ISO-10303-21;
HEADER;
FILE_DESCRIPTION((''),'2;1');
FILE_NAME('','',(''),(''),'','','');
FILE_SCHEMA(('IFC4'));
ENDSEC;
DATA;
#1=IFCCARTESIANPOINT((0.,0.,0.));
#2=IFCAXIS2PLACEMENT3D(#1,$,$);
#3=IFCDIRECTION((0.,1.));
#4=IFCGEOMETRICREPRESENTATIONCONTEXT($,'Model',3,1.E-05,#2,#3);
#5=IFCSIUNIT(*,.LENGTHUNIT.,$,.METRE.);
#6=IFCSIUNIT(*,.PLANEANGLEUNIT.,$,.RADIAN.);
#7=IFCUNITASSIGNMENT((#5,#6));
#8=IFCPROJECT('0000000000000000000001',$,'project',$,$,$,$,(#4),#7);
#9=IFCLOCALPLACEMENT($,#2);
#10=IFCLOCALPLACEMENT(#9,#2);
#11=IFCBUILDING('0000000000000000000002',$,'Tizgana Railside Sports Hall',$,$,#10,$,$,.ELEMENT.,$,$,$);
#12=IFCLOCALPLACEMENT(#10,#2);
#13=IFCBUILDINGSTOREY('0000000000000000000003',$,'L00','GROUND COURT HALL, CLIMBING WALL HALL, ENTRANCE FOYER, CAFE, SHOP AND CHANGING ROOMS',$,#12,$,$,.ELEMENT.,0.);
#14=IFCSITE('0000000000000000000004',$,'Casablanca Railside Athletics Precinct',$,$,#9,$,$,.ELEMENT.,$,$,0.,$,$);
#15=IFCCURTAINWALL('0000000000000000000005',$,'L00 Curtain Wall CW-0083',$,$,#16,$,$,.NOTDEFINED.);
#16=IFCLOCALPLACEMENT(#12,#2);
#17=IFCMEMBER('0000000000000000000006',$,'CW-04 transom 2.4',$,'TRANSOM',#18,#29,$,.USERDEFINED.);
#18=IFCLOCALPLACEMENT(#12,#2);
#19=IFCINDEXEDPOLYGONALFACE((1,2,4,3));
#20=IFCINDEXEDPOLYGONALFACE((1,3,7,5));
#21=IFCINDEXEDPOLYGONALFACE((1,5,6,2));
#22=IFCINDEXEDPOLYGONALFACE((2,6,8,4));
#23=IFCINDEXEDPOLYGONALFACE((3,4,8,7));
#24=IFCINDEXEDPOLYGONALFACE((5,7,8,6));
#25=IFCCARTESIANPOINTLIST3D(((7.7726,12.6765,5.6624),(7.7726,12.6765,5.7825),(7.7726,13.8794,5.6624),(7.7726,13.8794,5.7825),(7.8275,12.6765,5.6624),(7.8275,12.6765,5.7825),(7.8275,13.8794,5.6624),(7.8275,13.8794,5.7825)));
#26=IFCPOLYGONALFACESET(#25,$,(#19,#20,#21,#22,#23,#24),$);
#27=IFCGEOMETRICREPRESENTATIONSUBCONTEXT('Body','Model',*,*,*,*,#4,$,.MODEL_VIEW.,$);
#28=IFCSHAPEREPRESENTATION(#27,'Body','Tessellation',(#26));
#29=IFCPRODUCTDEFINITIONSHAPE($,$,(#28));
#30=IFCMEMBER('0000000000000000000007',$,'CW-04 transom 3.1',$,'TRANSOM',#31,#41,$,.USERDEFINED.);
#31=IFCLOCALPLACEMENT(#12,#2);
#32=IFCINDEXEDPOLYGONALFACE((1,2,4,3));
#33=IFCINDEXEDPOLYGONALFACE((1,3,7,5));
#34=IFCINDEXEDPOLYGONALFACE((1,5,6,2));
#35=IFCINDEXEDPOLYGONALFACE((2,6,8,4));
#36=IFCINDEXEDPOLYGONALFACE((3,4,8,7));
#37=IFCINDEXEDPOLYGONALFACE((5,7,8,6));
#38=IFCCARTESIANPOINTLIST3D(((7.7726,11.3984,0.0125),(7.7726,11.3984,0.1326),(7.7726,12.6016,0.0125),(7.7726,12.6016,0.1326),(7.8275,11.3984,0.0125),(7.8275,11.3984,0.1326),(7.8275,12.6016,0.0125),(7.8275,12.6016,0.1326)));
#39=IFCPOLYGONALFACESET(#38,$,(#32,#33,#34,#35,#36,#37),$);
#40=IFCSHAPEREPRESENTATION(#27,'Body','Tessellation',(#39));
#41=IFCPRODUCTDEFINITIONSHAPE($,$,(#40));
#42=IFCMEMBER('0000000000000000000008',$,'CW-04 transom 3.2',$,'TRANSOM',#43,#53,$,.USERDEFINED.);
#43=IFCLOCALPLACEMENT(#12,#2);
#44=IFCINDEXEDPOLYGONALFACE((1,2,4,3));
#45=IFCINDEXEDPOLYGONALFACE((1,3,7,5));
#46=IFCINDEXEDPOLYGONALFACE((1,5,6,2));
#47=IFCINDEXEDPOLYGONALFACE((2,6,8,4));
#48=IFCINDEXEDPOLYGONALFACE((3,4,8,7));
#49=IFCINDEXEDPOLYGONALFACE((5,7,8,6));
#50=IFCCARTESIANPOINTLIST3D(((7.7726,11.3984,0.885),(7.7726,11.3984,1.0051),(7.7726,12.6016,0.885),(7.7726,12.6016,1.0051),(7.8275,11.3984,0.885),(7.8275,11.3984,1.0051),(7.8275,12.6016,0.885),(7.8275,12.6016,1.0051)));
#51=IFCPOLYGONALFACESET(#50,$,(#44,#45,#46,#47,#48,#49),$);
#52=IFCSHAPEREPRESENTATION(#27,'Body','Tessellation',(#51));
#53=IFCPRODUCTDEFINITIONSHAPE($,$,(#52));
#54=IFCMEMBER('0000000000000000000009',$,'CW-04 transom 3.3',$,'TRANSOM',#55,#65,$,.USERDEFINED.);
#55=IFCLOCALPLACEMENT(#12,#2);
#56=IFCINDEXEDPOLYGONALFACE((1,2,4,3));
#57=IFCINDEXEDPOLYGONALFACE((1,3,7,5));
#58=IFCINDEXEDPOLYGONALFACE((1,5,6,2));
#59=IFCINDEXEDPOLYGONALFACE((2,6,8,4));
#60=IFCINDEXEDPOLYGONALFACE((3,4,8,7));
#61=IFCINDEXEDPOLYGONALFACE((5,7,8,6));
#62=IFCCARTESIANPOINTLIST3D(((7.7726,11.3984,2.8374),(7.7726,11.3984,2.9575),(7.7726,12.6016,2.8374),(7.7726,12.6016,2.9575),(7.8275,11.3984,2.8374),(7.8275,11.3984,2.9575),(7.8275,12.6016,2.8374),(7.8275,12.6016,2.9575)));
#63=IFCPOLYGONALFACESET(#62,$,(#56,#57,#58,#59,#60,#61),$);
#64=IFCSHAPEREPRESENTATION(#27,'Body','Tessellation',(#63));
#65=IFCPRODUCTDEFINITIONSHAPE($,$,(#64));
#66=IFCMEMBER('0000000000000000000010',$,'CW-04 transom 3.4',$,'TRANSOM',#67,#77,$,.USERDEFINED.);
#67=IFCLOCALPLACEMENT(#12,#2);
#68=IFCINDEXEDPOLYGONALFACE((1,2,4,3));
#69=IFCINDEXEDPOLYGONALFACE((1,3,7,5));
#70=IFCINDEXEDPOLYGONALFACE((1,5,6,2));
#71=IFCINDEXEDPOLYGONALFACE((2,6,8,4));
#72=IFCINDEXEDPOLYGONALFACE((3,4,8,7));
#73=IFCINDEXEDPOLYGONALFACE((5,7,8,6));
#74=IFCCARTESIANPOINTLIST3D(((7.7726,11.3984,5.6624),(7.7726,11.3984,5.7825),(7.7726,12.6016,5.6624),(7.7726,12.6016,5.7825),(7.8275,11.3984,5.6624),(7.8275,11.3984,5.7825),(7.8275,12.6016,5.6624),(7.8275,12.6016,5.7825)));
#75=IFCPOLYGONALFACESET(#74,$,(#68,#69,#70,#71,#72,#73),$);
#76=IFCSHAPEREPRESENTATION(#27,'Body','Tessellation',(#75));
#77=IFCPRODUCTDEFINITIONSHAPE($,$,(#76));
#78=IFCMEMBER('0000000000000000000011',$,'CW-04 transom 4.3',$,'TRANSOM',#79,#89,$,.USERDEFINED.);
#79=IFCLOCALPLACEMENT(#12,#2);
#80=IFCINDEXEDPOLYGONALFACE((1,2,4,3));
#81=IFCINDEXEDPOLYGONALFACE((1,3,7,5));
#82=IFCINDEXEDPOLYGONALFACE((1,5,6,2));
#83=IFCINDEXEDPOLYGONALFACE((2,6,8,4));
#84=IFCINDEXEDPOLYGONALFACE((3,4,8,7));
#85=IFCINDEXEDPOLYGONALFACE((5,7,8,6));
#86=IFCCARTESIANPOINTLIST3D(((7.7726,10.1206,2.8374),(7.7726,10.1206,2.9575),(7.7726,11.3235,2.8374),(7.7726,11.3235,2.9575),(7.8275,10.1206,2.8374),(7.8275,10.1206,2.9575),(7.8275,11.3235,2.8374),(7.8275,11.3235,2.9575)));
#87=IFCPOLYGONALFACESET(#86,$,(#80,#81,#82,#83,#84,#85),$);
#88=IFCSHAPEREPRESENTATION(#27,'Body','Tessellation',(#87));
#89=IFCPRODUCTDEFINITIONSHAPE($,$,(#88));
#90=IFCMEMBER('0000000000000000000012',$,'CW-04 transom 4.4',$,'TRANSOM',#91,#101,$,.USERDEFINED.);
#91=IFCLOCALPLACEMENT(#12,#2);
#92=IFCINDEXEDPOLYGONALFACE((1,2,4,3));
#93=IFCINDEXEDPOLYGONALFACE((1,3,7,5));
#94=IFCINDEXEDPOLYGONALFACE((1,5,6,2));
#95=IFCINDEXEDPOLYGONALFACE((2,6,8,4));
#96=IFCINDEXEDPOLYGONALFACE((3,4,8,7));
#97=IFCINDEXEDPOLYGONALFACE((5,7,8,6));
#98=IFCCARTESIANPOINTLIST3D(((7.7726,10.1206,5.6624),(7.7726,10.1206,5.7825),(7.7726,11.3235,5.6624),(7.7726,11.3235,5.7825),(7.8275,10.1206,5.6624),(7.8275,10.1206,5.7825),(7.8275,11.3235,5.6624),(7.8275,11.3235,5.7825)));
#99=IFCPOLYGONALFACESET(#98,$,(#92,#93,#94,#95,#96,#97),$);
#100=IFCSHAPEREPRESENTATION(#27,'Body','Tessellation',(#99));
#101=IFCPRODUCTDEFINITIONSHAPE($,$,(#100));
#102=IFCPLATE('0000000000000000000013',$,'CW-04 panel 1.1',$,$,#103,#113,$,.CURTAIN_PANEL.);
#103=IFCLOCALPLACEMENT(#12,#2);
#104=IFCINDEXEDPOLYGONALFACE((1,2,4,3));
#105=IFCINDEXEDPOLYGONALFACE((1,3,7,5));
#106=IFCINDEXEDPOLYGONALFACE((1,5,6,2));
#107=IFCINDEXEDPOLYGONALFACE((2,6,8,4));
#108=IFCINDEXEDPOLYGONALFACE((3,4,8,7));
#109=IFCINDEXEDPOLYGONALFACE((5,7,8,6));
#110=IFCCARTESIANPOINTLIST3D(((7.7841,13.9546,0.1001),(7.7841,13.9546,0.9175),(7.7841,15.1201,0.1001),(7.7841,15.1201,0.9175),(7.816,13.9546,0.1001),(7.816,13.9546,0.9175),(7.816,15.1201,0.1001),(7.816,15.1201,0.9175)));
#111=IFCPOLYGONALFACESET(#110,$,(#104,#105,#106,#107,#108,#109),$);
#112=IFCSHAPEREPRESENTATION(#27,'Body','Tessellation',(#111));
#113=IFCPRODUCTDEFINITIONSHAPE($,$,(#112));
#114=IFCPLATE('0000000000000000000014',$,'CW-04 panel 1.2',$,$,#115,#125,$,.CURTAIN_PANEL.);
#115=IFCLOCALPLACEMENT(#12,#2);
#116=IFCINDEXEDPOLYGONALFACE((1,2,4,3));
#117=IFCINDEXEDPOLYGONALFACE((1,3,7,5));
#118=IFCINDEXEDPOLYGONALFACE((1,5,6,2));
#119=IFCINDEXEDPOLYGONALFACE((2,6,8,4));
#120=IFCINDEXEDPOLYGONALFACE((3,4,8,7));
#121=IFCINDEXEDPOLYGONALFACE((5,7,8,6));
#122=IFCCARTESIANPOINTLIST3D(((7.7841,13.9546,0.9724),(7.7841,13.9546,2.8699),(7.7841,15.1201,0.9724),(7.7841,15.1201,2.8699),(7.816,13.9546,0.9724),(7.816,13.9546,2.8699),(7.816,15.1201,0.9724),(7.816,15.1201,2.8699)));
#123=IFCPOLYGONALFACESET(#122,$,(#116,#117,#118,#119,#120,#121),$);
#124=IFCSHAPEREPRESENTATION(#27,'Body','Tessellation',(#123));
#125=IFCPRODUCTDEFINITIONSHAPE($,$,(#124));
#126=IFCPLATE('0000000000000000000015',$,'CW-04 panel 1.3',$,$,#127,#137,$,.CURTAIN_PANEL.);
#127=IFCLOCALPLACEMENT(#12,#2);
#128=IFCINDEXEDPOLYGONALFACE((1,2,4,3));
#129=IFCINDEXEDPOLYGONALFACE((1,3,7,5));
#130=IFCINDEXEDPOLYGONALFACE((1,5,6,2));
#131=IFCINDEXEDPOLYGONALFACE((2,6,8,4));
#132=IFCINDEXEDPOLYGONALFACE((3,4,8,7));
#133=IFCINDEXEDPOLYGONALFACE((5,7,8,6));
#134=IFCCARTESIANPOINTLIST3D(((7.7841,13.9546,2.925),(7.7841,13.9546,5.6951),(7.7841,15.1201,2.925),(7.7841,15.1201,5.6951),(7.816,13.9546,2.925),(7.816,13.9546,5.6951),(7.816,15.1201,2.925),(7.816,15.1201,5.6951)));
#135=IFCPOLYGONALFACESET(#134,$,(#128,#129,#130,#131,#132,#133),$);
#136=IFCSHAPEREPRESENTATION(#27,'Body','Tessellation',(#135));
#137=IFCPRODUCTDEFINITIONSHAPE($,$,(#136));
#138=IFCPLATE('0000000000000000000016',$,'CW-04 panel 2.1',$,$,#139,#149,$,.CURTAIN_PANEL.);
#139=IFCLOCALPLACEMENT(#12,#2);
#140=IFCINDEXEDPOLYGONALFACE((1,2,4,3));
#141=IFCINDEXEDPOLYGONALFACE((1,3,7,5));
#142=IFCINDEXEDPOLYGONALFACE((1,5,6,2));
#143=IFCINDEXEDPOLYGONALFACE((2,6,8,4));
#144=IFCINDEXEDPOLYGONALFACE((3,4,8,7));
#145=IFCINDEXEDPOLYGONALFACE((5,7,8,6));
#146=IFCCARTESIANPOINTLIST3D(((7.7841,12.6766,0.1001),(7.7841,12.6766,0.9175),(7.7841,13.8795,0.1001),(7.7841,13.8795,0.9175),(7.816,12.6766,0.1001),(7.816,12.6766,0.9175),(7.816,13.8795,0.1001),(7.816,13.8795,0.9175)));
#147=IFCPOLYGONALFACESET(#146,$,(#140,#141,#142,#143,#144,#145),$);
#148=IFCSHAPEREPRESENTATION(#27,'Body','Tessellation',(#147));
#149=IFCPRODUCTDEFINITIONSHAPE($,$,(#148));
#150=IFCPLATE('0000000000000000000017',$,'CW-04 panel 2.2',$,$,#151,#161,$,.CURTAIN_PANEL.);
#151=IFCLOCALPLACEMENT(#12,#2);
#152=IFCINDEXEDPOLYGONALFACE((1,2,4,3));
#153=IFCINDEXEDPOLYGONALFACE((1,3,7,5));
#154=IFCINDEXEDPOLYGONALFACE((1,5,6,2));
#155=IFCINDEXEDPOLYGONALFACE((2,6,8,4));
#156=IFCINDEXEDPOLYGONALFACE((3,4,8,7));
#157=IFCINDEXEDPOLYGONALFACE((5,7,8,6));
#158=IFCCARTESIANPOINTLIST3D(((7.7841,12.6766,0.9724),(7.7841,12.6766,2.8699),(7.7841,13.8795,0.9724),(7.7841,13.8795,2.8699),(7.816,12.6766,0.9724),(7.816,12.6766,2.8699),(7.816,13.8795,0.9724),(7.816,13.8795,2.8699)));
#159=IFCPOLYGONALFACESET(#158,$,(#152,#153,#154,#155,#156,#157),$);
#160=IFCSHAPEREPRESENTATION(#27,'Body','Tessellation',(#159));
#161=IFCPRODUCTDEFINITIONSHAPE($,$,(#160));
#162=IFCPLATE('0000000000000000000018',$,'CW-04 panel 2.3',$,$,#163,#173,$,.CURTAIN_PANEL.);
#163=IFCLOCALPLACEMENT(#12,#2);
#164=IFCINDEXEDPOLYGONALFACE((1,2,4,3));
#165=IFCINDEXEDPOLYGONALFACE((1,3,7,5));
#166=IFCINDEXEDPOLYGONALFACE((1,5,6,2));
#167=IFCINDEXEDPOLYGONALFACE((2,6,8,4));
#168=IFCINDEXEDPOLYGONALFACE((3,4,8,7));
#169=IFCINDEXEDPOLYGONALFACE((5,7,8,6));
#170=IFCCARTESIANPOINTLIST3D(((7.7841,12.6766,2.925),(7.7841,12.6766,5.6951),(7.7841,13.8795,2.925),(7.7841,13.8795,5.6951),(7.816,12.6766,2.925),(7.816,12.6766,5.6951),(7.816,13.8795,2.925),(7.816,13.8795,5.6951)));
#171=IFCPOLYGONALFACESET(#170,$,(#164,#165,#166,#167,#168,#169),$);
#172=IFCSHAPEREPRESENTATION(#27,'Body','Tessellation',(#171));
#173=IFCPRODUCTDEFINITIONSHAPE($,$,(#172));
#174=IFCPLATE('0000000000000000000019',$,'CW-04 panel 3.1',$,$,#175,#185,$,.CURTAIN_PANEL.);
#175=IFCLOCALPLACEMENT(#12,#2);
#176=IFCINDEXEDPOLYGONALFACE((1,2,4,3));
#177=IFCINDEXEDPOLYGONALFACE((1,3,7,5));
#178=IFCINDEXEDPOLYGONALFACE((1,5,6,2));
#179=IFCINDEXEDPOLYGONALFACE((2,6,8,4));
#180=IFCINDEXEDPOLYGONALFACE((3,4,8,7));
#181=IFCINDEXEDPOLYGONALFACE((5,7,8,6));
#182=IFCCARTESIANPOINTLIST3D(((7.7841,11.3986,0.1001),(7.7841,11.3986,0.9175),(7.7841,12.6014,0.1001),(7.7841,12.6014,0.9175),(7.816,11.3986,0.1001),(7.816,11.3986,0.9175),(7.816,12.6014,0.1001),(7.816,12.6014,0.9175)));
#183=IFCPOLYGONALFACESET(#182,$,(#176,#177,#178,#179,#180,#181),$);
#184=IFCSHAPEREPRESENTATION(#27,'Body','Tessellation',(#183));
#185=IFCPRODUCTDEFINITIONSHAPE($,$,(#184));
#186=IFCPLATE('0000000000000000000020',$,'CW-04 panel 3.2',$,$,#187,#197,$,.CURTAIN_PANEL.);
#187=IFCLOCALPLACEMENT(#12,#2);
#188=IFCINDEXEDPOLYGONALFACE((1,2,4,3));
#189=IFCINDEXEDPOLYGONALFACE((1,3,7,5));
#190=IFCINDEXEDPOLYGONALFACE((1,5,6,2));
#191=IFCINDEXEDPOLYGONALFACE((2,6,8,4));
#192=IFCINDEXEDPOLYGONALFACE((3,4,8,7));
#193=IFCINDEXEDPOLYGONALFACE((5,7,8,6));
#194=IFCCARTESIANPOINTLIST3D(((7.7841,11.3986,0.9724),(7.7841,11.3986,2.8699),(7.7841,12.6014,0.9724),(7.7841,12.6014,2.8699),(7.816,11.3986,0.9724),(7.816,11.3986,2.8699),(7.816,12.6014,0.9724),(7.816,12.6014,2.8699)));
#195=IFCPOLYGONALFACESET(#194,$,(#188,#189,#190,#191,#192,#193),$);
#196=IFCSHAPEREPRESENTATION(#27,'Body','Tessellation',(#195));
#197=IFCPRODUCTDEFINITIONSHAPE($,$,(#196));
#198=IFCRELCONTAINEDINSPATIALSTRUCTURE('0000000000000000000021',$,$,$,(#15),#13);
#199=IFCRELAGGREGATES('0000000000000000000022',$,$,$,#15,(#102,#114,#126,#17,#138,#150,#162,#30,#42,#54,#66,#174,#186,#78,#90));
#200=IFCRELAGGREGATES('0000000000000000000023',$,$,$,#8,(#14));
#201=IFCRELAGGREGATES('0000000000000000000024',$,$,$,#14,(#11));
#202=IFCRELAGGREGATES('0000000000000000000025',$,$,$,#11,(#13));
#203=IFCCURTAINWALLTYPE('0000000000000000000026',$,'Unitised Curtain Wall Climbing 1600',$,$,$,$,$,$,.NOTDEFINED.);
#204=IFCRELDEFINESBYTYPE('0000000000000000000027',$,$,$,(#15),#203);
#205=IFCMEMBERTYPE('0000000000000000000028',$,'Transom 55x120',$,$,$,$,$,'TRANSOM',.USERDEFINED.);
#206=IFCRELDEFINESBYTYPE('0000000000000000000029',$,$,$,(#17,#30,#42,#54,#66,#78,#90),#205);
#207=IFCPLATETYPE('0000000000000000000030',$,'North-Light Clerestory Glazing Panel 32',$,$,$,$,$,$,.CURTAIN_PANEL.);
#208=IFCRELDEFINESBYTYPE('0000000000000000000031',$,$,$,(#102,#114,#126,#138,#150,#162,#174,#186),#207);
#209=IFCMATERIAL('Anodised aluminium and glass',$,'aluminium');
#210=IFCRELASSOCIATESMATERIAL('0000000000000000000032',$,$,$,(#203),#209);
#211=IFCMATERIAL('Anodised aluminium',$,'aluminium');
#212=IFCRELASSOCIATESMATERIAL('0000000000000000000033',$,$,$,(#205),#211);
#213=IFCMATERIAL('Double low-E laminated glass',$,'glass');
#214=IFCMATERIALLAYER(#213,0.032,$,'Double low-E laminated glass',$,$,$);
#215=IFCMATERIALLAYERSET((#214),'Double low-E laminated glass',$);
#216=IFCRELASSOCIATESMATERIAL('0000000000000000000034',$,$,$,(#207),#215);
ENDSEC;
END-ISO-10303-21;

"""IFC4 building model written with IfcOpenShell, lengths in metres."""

from ifc_helpers import new_model, si_unit, direction, frame, origin, origin_2d, place, context, subcontext, project, spatial, rectangle, extrude, material, layer, layer_set, material_profile, profile_set, type_object, element, aggregate, save


model = new_model("IFC4")

# Units and contexts
model_context = context("Model", 3, precision=1e-05, world=origin(), true_north=direction((0.0, 1.0)))
body_context = subcontext(model_context, "Body", "Model", "MODEL_VIEW")
ifc_project = project(units=[si_unit("LENGTHUNIT", "METRE"), si_unit("PLANEANGLEUNIT", "RADIAN")], contexts=[model_context])

# Site, building, storey
site_placement = place(None, origin())
site = spatial("IfcSite", under=ifc_project, at=site_placement, Name="Casablanca Railside Athletics Precinct", CompositionType="ELEMENT", RefElevation=0.0)
building_placement = place(site_placement, origin())
building = spatial("IfcBuilding", under=site, at=building_placement, Name="Tizgana Railside Sports Hall", CompositionType="ELEMENT")
storey_placement = place(building_placement, origin())
storey = spatial("IfcBuildingStorey", under=building, at=storey_placement, Name="L00", Description="GROUND COURT HALL, CLIMBING WALL HALL, ENTRANCE FOYER, CAFE, SHOP AND CHANGING ROOMS", CompositionType="ELEMENT", Elevation=0.0)

# Curtain wall
ifc_material_1 = material(Name="Anodised aluminium and glass", Category="aluminium")
curtain_wall_type = type_object("IfcCurtainWallType", Name="Unitised Curtain Wall Climbing 1600", PredefinedType="NOTDEFINED", material=ifc_material_1)
curtain_wall_placement = place(storey_placement, origin())
curtain_wall = element("IfcCurtainWall", 1, at=curtain_wall_placement, inside=storey, type_object=curtain_wall_type, Name="L00 Curtain Wall CW-0083", PredefinedType="NOTDEFINED")
ifc_material_2 = material(Name="Anodised aluminium", Category="aluminium")

# Members
ifc_material_profile_1 = material_profile(ifc_material_2, rectangle(XDim=0.0549, YDim=0.1201, at=origin_2d()), Name="Transom 55x120")
ifc_profile_set_1 = profile_set([ifc_material_profile_1], Name="Anodised aluminium")
member_type_1 = type_object("IfcMemberType", Name="Transom 55x120", ElementType="TRANSOM", PredefinedType="USERDEFINED", material=ifc_profile_set_1)
member_1_placement = place(storey_placement, frame((7.8, 13.8794, 5.7224), z_axis=(0.0, -1.0, 0.0), x_axis=(1.0, 0.0, 0.0)))
member_1 = element("IfcMember", 2, at=member_1_placement, type_object=member_type_1, Name="CW-04 transom 2.4", ObjectType="TRANSOM", PredefinedType="USERDEFINED", context=body_context, shape_type="SweptSolid", body=[
    extrude(rectangle(XDim=0.0549, YDim=0.1201, at=origin_2d()), origin(), (0.0, 0.0, 1.0), 1.2029),
])
member_2_placement = place(storey_placement, frame((7.8, 12.6016, 0.0725), z_axis=(0.0, -1.0, 0.0), x_axis=(1.0, 0.0, 0.0)))
member_2 = element("IfcMember", 3, at=member_2_placement, type_object=member_type_1, Name="CW-04 transom 3.1", ObjectType="TRANSOM", PredefinedType="USERDEFINED", context=body_context, shape_type="SweptSolid", body=[
    extrude(rectangle(XDim=0.0549, YDim=0.1201, at=origin_2d()), origin(), (0.0, 0.0, 1.0), 1.2031),
])
member_3_placement = place(storey_placement, frame((7.8, 12.6016, 0.9451), z_axis=(0.0, -1.0, 0.0), x_axis=(1.0, 0.0, 0.0)))
member_3 = element("IfcMember", 4, at=member_3_placement, type_object=member_type_1, Name="CW-04 transom 3.2", ObjectType="TRANSOM", PredefinedType="USERDEFINED", context=body_context, shape_type="SweptSolid", body=[
    extrude(rectangle(XDim=0.0549, YDim=0.1201, at=origin_2d()), origin(), (0.0, 0.0, 1.0), 1.2031),
])
member_4_placement = place(storey_placement, frame((7.8, 12.6016, 2.8975), z_axis=(0.0, -1.0, 0.0), x_axis=(1.0, 0.0, 0.0)))
member_4 = element("IfcMember", 5, at=member_4_placement, type_object=member_type_1, Name="CW-04 transom 3.3", ObjectType="TRANSOM", PredefinedType="USERDEFINED", context=body_context, shape_type="SweptSolid", body=[
    extrude(rectangle(XDim=0.0549, YDim=0.1201, at=origin_2d()), origin(), (0.0, 0.0, 1.0), 1.2031),
])
member_5_placement = place(storey_placement, frame((7.8, 12.6016, 5.7224), z_axis=(0.0, -1.0, 0.0), x_axis=(1.0, 0.0, 0.0)))
member_5 = element("IfcMember", 6, at=member_5_placement, type_object=member_type_1, Name="CW-04 transom 3.4", ObjectType="TRANSOM", PredefinedType="USERDEFINED", context=body_context, shape_type="SweptSolid", body=[
    extrude(rectangle(XDim=0.0549, YDim=0.1201, at=origin_2d()), origin(), (0.0, 0.0, 1.0), 1.2031),
])
member_6_placement = place(storey_placement, frame((7.8, 11.3235, 2.8975), z_axis=(0.0, -1.0, 0.0), x_axis=(1.0, 0.0, 0.0)))
member_6 = element("IfcMember", 7, at=member_6_placement, type_object=member_type_1, Name="CW-04 transom 4.3", ObjectType="TRANSOM", PredefinedType="USERDEFINED", context=body_context, shape_type="SweptSolid", body=[
    extrude(rectangle(XDim=0.0549, YDim=0.1201, at=origin_2d()), origin(), (0.0, 0.0, 1.0), 1.2029),
])
member_7_placement = place(storey_placement, frame((7.8, 11.3235, 5.7224), z_axis=(0.0, -1.0, 0.0), x_axis=(1.0, 0.0, 0.0)))
member_7 = element("IfcMember", 8, at=member_7_placement, type_object=member_type_1, Name="CW-04 transom 4.4", ObjectType="TRANSOM", PredefinedType="USERDEFINED", context=body_context, shape_type="SweptSolid", body=[
    extrude(rectangle(XDim=0.0549, YDim=0.1201, at=origin_2d()), origin(), (0.0, 0.0, 1.0), 1.2029),
])

# Plates
ifc_material_3 = material(Name="Double low-E laminated glass", Category="glass")
ifc_layer_1 = layer(ifc_material_3, 0.032, Name="Double low-E laminated glass")
ifc_layer_set_1 = layer_set([ifc_layer_1], Name="Double low-E laminated glass")
plate_type = type_object("IfcPlateType", Name="North-Light Clerestory Glazing Panel 32", PredefinedType="CURTAIN_PANEL", material=ifc_layer_set_1)
plate_1_placement = place(storey_placement, frame((7.8, 14.5374, 0.1001), z_axis=(0.0, 0.0, 1.0), x_axis=(0.0, -1.0, 0.0)))
plate_1 = element("IfcPlate", 9, at=plate_1_placement, type_object=plate_type, Name="CW-04 panel 1.1", PredefinedType="CURTAIN_PANEL", context=body_context, shape_type="SweptSolid", body=[
    extrude(rectangle(XDim=1.1655, YDim=0.032, at=origin_2d()), origin(), (0.0, 0.0, 1.0), 0.8174),
])
plate_2_placement = place(storey_placement, frame((7.8, 14.5374, 0.9724), z_axis=(0.0, 0.0, 1.0), x_axis=(0.0, -1.0, 0.0)))
plate_2 = element("IfcPlate", 10, at=plate_2_placement, type_object=plate_type, Name="CW-04 panel 1.2", PredefinedType="CURTAIN_PANEL", context=body_context, shape_type="SweptSolid", body=[
    extrude(rectangle(XDim=1.1655, YDim=0.032, at=origin_2d()), origin(), (0.0, 0.0, 1.0), 1.8975),
])
plate_3_placement = place(storey_placement, frame((7.8, 14.5374, 2.925), z_axis=(0.0, 0.0, 1.0), x_axis=(0.0, -1.0, 0.0)))
plate_3 = element("IfcPlate", 11, at=plate_3_placement, type_object=plate_type, Name="CW-04 panel 1.3", PredefinedType="CURTAIN_PANEL", context=body_context, shape_type="SweptSolid", body=[
    extrude(rectangle(XDim=1.1655, YDim=0.032, at=origin_2d()), origin(), (0.0, 0.0, 1.0), 2.77),
])
plate_4_placement = place(storey_placement, frame((7.8, 13.2781, 0.1001), z_axis=(0.0, 0.0, 1.0), x_axis=(0.0, -1.0, 0.0)))
plate_4 = element("IfcPlate", 12, at=plate_4_placement, type_object=plate_type, Name="CW-04 panel 2.1", PredefinedType="CURTAIN_PANEL", context=body_context, shape_type="SweptSolid", body=[
    extrude(rectangle(XDim=1.2029, YDim=0.032, at=origin_2d()), origin(), (0.0, 0.0, 1.0), 0.8174),
])
plate_5_placement = place(storey_placement, frame((7.8, 13.2781, 0.9724), z_axis=(0.0, 0.0, 1.0), x_axis=(0.0, -1.0, 0.0)))
plate_5 = element("IfcPlate", 13, at=plate_5_placement, type_object=plate_type, Name="CW-04 panel 2.2", PredefinedType="CURTAIN_PANEL", context=body_context, shape_type="SweptSolid", body=[
    extrude(rectangle(XDim=1.2029, YDim=0.032, at=origin_2d()), origin(), (0.0, 0.0, 1.0), 1.8975),
])
plate_6_placement = place(storey_placement, frame((7.8, 13.2781, 2.925), z_axis=(0.0, 0.0, 1.0), x_axis=(0.0, -1.0, 0.0)))
plate_6 = element("IfcPlate", 14, at=plate_6_placement, type_object=plate_type, Name="CW-04 panel 2.3", PredefinedType="CURTAIN_PANEL", context=body_context, shape_type="SweptSolid", body=[
    extrude(rectangle(XDim=1.2029, YDim=0.032, at=origin_2d()), origin(), (0.0, 0.0, 1.0), 2.77),
])
plate_7_placement = place(storey_placement, frame((7.8, 12.0, 0.1001), z_axis=(0.0, 0.0, 1.0), x_axis=(0.0, -1.0, 0.0)))
plate_7 = element("IfcPlate", 15, at=plate_7_placement, type_object=plate_type, Name="CW-04 panel 3.1", PredefinedType="CURTAIN_PANEL", context=body_context, shape_type="SweptSolid", body=[
    extrude(rectangle(XDim=1.2029, YDim=0.032, at=origin_2d()), origin(), (0.0, 0.0, 1.0), 0.8174),
])
plate_8_placement = place(storey_placement, frame((7.8, 12.0, 0.9724), z_axis=(0.0, 0.0, 1.0), x_axis=(0.0, -1.0, 0.0)))
plate_8 = element("IfcPlate", 16, at=plate_8_placement, type_object=plate_type, Name="CW-04 panel 3.2", PredefinedType="CURTAIN_PANEL", context=body_context, shape_type="SweptSolid", body=[
    extrude(rectangle(XDim=1.2029, YDim=0.032, at=origin_2d()), origin(), (0.0, 0.0, 1.0), 1.8975),
])
aggregate(curtain_wall, [plate_1, plate_2, plate_3, member_1, plate_4, plate_5, plate_6, member_2, member_3, member_4, member_5, plate_7, plate_8, member_6, member_7])

save(model, "model.ifc")
